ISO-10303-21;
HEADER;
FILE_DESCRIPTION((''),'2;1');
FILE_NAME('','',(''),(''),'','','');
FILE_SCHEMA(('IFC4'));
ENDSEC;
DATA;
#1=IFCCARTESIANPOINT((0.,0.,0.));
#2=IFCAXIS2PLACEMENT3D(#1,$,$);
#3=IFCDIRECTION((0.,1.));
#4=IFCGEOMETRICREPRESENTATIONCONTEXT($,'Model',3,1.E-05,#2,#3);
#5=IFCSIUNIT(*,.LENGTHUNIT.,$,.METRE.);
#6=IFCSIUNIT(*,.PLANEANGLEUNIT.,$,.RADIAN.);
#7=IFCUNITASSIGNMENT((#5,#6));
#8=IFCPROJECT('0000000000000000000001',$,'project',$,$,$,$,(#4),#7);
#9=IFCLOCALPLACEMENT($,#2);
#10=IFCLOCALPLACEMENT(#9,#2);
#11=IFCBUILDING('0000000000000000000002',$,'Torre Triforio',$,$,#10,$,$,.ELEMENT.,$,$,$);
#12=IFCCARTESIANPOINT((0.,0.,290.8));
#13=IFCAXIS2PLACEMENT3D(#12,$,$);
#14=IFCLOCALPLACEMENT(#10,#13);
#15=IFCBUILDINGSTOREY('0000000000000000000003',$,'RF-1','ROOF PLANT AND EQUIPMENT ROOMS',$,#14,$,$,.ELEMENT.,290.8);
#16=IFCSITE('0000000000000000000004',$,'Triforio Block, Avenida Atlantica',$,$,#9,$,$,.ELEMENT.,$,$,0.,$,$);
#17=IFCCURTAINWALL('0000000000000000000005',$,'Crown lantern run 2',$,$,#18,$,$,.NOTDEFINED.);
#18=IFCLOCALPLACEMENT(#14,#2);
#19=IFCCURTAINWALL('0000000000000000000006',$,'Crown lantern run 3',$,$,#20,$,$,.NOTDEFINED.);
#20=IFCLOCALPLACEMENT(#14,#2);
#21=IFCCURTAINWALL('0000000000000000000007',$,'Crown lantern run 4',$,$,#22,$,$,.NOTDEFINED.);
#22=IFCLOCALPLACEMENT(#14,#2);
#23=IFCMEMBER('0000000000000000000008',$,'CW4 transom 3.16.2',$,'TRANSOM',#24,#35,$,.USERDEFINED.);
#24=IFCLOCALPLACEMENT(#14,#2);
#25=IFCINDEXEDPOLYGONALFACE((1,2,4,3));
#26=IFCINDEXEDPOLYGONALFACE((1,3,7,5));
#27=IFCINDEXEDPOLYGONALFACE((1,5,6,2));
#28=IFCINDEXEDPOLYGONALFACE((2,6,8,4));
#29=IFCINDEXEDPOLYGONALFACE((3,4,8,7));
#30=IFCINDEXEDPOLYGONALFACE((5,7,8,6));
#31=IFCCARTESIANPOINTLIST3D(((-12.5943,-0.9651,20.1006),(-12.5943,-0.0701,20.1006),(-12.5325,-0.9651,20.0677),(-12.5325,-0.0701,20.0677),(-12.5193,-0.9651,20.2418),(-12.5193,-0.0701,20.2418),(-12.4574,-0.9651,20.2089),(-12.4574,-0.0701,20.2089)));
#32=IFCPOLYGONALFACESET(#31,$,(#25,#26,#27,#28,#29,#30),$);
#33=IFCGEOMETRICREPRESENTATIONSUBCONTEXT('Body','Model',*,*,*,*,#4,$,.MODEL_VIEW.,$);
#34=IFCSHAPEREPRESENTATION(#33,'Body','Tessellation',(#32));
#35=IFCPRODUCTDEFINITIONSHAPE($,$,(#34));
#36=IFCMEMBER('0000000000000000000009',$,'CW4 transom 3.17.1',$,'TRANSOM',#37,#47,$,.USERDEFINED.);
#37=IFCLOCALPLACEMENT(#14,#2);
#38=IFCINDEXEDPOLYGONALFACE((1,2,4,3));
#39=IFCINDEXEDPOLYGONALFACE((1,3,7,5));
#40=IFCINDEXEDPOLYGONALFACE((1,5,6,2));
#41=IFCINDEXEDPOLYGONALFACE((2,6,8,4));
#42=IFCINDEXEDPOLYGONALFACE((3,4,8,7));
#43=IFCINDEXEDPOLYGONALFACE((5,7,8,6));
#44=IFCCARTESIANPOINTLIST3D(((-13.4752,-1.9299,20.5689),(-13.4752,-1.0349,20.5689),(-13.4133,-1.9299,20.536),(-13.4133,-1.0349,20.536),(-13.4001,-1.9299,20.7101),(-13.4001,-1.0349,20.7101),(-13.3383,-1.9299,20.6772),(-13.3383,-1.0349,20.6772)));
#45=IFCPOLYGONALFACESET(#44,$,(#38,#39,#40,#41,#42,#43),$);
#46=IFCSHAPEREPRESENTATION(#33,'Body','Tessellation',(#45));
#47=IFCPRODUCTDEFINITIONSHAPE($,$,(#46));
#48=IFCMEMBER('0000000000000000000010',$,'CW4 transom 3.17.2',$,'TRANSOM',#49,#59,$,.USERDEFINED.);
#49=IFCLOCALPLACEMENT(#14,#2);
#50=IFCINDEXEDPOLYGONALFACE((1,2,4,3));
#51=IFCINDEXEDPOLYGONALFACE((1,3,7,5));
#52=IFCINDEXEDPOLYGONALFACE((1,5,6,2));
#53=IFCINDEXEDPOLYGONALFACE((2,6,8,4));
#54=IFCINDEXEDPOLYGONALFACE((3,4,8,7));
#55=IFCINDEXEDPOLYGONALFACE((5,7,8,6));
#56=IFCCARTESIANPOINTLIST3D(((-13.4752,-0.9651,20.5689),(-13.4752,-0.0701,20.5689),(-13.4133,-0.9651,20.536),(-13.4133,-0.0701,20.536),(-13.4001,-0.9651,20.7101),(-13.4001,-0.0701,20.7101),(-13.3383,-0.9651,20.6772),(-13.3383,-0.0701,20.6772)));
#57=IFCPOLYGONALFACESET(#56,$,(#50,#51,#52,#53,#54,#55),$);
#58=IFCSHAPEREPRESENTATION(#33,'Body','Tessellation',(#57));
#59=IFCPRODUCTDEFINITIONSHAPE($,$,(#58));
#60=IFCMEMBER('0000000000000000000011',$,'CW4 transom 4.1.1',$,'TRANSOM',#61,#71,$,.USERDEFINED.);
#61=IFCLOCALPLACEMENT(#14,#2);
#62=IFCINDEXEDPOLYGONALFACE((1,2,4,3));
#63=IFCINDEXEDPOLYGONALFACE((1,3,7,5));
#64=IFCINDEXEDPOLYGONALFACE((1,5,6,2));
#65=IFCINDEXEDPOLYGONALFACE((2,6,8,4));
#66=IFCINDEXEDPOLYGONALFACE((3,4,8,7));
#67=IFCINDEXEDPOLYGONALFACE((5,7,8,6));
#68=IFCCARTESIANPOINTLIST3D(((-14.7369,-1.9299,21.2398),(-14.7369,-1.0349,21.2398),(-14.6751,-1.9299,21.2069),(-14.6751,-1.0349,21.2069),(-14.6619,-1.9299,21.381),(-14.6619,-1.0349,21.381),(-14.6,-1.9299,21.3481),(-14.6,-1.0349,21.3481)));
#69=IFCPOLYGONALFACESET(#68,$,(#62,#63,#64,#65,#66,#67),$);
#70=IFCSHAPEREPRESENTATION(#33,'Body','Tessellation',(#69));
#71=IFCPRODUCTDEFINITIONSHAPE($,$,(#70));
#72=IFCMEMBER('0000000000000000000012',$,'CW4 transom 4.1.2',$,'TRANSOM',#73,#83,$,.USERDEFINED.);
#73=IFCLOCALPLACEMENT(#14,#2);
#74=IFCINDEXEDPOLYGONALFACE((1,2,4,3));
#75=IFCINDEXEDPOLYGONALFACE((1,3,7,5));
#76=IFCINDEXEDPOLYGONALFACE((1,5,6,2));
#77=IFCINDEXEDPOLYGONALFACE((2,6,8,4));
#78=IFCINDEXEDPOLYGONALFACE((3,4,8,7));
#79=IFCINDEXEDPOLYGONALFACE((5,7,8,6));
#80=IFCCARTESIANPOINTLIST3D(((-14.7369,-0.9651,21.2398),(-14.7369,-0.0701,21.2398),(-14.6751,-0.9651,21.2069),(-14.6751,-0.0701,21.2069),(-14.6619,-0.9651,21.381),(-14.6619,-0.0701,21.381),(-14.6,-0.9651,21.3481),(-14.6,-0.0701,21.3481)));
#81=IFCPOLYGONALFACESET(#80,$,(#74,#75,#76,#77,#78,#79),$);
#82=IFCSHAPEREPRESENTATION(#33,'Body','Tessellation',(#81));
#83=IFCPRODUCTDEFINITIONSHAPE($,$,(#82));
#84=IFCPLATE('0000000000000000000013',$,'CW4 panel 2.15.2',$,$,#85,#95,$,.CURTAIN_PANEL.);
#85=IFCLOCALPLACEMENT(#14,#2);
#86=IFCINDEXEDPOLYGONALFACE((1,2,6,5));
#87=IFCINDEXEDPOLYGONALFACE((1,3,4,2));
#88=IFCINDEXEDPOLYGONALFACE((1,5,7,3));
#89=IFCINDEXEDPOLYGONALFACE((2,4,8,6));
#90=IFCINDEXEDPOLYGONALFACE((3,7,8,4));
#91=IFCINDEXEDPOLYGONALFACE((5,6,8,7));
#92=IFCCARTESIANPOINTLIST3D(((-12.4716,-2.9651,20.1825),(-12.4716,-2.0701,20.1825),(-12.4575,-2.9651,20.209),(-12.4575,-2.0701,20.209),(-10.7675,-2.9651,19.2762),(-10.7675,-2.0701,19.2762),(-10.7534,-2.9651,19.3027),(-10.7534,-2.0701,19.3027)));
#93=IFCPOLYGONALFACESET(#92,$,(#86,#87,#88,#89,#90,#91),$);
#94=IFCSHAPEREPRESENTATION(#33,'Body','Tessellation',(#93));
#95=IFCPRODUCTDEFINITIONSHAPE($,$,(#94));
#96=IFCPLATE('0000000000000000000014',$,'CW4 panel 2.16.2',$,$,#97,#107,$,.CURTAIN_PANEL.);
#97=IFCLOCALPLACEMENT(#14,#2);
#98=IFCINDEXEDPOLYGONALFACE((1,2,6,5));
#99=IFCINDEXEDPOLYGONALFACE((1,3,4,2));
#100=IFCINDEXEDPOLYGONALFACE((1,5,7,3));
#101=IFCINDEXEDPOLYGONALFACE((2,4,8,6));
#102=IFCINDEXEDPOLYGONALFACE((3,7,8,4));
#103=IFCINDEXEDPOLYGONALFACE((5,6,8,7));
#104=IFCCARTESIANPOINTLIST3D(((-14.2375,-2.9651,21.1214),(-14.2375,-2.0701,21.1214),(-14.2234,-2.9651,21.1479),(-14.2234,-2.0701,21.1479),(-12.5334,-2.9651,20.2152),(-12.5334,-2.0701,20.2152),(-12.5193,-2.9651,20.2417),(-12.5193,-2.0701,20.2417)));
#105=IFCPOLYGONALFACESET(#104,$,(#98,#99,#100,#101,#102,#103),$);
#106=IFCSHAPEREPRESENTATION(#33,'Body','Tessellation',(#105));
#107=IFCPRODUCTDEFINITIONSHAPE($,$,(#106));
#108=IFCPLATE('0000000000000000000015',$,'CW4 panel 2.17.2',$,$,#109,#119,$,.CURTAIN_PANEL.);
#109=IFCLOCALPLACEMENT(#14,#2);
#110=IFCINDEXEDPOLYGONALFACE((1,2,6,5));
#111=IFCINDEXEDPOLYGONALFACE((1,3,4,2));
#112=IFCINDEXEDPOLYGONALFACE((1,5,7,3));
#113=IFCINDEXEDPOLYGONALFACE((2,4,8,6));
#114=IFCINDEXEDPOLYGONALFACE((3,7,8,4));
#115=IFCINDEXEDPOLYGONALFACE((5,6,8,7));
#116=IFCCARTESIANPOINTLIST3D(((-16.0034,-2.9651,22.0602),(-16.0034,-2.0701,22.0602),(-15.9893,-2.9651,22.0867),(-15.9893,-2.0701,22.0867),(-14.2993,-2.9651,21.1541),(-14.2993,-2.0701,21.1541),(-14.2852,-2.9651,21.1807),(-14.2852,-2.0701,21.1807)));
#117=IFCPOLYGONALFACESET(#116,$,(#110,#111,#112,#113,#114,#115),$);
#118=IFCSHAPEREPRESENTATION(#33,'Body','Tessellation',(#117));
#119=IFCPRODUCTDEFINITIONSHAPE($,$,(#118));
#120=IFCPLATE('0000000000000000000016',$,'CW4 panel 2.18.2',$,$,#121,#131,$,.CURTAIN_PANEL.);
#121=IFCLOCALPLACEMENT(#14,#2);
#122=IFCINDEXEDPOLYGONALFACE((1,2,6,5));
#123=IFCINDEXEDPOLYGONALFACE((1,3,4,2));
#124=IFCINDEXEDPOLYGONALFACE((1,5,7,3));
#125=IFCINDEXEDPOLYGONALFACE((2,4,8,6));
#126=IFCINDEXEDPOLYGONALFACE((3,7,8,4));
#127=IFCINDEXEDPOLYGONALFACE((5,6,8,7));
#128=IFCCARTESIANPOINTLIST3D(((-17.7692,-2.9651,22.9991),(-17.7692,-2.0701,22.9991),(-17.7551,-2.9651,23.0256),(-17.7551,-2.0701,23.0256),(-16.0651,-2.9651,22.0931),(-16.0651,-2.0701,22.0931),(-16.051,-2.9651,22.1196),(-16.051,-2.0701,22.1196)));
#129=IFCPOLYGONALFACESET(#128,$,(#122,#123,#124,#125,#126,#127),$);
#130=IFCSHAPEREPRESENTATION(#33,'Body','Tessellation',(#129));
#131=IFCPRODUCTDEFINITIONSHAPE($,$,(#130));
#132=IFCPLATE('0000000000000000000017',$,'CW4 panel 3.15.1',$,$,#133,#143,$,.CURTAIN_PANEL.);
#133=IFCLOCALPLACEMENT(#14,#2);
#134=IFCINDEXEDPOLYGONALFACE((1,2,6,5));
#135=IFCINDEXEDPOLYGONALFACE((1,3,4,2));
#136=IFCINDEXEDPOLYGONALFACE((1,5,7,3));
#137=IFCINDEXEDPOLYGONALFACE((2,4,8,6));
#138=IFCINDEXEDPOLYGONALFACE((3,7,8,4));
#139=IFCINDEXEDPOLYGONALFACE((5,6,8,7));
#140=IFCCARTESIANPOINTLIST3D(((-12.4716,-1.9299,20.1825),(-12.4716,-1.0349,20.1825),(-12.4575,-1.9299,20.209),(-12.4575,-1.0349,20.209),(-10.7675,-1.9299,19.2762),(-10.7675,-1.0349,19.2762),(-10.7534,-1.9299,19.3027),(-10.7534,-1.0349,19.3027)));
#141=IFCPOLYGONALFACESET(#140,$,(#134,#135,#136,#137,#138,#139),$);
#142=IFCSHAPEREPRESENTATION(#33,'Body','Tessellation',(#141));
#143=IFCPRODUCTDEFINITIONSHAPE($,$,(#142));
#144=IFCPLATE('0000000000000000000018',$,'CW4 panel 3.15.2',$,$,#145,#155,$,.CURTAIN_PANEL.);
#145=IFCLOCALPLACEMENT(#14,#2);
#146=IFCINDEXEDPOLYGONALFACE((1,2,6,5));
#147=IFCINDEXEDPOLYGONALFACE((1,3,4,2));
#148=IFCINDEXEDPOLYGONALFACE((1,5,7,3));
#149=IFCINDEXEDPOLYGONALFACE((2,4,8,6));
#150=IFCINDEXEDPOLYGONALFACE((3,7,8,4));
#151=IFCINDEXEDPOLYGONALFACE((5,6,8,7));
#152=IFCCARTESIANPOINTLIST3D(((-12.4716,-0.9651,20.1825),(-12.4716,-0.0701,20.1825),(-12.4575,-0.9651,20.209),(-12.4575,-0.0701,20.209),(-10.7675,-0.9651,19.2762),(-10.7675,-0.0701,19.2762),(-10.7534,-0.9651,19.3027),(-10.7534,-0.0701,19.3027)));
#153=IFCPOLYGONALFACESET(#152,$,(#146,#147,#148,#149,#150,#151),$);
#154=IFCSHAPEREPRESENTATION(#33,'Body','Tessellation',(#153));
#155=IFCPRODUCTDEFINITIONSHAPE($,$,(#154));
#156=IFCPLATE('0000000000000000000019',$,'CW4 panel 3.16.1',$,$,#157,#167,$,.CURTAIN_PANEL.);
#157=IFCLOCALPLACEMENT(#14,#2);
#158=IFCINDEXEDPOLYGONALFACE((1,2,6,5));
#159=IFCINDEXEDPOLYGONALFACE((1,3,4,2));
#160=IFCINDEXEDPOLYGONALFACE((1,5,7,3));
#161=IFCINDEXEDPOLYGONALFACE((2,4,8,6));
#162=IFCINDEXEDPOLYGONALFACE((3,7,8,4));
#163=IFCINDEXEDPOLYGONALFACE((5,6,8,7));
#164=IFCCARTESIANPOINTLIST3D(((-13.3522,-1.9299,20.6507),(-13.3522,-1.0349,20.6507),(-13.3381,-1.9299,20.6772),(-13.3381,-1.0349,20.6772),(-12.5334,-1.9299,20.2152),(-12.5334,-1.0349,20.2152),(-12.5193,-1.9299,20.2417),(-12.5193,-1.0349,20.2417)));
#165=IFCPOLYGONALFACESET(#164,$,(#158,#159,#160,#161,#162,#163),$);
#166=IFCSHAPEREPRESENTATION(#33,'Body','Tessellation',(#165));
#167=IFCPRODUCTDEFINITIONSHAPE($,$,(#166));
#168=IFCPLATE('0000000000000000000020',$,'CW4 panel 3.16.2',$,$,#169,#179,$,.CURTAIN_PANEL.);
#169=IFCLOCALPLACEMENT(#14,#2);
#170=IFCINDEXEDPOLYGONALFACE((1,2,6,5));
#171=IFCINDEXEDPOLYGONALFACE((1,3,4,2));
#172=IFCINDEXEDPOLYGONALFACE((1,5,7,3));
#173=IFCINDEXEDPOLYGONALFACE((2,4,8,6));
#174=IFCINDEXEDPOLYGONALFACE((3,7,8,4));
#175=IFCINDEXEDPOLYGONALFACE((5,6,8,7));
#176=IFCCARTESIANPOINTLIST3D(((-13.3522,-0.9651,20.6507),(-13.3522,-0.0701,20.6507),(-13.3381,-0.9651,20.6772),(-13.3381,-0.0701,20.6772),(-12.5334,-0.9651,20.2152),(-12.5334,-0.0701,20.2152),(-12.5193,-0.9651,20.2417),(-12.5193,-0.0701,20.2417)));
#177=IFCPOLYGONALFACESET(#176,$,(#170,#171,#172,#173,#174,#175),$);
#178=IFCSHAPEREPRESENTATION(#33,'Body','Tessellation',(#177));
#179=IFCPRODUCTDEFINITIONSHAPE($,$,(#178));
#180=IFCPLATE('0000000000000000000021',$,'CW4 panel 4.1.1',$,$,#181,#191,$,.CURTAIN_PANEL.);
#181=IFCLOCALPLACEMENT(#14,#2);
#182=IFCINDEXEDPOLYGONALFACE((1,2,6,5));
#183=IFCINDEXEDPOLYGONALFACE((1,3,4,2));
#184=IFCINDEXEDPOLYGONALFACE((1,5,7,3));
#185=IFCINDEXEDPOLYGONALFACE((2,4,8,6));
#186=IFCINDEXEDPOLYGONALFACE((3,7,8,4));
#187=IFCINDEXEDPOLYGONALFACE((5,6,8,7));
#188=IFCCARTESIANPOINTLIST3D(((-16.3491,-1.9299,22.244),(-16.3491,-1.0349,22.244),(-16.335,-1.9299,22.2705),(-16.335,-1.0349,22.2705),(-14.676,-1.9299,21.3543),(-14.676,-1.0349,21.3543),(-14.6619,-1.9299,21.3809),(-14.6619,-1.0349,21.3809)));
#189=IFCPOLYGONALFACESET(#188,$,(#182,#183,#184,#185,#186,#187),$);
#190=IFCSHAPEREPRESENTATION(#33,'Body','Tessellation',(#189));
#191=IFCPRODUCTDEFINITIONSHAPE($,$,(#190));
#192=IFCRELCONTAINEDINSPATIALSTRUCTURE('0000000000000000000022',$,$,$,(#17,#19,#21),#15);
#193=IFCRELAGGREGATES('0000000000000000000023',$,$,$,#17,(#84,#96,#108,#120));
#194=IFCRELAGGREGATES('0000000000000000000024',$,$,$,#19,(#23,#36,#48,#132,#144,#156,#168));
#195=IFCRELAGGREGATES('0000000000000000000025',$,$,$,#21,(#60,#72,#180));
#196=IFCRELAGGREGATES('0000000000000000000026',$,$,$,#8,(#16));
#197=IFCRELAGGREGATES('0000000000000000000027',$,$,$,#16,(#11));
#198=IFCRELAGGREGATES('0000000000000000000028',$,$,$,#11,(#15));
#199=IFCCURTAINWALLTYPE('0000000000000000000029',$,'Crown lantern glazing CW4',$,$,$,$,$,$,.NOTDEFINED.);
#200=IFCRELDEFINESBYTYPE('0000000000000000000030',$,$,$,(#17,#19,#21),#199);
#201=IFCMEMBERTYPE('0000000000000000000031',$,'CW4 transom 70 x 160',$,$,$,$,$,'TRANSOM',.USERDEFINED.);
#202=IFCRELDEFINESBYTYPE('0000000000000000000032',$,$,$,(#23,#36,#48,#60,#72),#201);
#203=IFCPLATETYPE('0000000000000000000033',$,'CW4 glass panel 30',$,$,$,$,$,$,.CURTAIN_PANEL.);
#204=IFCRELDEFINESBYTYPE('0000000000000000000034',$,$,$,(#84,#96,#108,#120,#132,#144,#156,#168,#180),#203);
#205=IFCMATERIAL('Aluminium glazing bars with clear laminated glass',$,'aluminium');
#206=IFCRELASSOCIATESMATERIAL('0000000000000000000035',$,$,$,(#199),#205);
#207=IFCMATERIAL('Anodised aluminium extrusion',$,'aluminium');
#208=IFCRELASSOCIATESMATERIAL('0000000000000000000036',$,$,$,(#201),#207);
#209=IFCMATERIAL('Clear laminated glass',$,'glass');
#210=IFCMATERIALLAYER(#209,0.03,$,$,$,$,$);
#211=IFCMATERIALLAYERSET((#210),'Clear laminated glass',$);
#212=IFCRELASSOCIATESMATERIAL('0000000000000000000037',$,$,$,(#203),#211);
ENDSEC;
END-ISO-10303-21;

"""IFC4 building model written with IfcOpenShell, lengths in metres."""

from ifc_helpers import new_model, si_unit, direction, frame, origin, origin_2d, place, context, subcontext, project, spatial, polyline, rectangle, outline, extrude, material, layer, layer_set, material_profile, profile_set, type_object, element, aggregate, save


model = new_model("IFC4")

# Units and contexts
model_context = context("Model", 3, precision=1e-05, world=origin(), true_north=direction((0.0, 1.0)))
body_context = subcontext(model_context, "Body", "Model", "MODEL_VIEW")
ifc_project = project(units=[si_unit("LENGTHUNIT", "METRE"), si_unit("PLANEANGLEUNIT", "RADIAN")], contexts=[model_context])

# Site, building, storey
site_placement = place(None, origin())
site = spatial("IfcSite", under=ifc_project, at=site_placement, Name="Triforio Block, Avenida Atlantica", CompositionType="ELEMENT", RefElevation=0.0)
building_placement = place(site_placement, origin())
building = spatial("IfcBuilding", under=site, at=building_placement, Name="Torre Triforio", CompositionType="ELEMENT")
storey_placement = place(building_placement, frame((0.0, 0.0, 290.8)))
storey = spatial("IfcBuildingStorey", under=building, at=storey_placement, Name="RF-1", Description="ROOF PLANT AND EQUIPMENT ROOMS", CompositionType="ELEMENT", Elevation=290.8)

# Curtain wall
ifc_material_1 = material(Name="Aluminium glazing bars with clear laminated glass", Category="aluminium")
curtain_wall_type = type_object("IfcCurtainWallType", Name="Crown lantern glazing CW4", PredefinedType="NOTDEFINED", material=ifc_material_1)
curtain_wall_1_placement = place(storey_placement, origin())
curtain_wall_1 = element("IfcCurtainWall", 1, at=curtain_wall_1_placement, inside=storey, type_object=curtain_wall_type, Name="Crown lantern run 2", PredefinedType="NOTDEFINED")
ifc_material_2 = material(Name="Anodised aluminium extrusion", Category="aluminium")

# Curtain walls
curtain_wall_2_placement = place(storey_placement, origin())
curtain_wall_2 = element("IfcCurtainWall", 2, at=curtain_wall_2_placement, inside=storey, type_object=curtain_wall_type, Name="Crown lantern run 3", PredefinedType="NOTDEFINED")
curtain_wall_3_placement = place(storey_placement, origin())
curtain_wall_3 = element("IfcCurtainWall", 3, at=curtain_wall_3_placement, inside=storey, type_object=curtain_wall_type, Name="Crown lantern run 4", PredefinedType="NOTDEFINED")

# Members
ifc_material_profile_1 = material_profile(ifc_material_2, rectangle(XDim=0.0701, YDim=0.1599, at=origin_2d()), Name="CW4 TRANSOM 70x160")
ifc_profile_set_1 = profile_set([ifc_material_profile_1], Name="Anodised aluminium extrusion")
member_type_1 = type_object("IfcMemberType", Name="CW4 transom 70 x 160", ElementType="TRANSOM", PredefinedType="USERDEFINED", material=ifc_profile_set_1)
member_1_placement = place(storey_placement, frame((-12.5259, -0.9651, 20.1548), z_axis=(0.0, 1.0, 0.0), x_axis=(-0.882948, 0.0, 0.469472)))
member_1 = element("IfcMember", 4, at=member_1_placement, type_object=member_type_1, Name="CW4 transom 3.16.2", ObjectType="TRANSOM", PredefinedType="USERDEFINED", context=body_context, shape_type="SweptSolid", body=[
    extrude(rectangle(XDim=0.0701, YDim=0.1599, at=origin_2d()), origin(), (0.0, 0.0, 1.0), 0.895),
])
member_2_placement = place(storey_placement, frame((-13.4067, -1.9299, 20.623), z_axis=(0.0, 1.0, 0.0), x_axis=(-0.882948, 0.0, 0.469472)))
member_2 = element("IfcMember", 5, at=member_2_placement, type_object=member_type_1, Name="CW4 transom 3.17.1", ObjectType="TRANSOM", PredefinedType="USERDEFINED", context=body_context, shape_type="SweptSolid", body=[
    extrude(rectangle(XDim=0.0701, YDim=0.1599, at=origin_2d()), origin(), (0.0, 0.0, 1.0), 0.895),
])
member_3_placement = place(storey_placement, frame((-13.4067, -0.9651, 20.623), z_axis=(0.0, 1.0, 0.0), x_axis=(-0.882948, 0.0, 0.469472)))
member_3 = element("IfcMember", 6, at=member_3_placement, type_object=member_type_1, Name="CW4 transom 3.17.2", ObjectType="TRANSOM", PredefinedType="USERDEFINED", context=body_context, shape_type="SweptSolid", body=[
    extrude(rectangle(XDim=0.0701, YDim=0.1599, at=origin_2d()), origin(), (0.0, 0.0, 1.0), 0.895),
])
member_4_placement = place(storey_placement, frame((-14.6685, -1.9299, 21.2939), z_axis=(0.0, 1.0, 0.0), x_axis=(-0.882948, 0.0, 0.469472)))
member_4 = element("IfcMember", 7, at=member_4_placement, type_object=member_type_1, Name="CW4 transom 4.1.1", ObjectType="TRANSOM", PredefinedType="USERDEFINED", context=body_context, shape_type="SweptSolid", body=[
    extrude(rectangle(XDim=0.0701, YDim=0.1599, at=origin_2d()), origin(), (0.0, 0.0, 1.0), 0.895),
])
member_5_placement = place(storey_placement, frame((-14.6685, -0.9651, 21.2939), z_axis=(0.0, 1.0, 0.0), x_axis=(-0.882948, 0.0, 0.469472)))
member_5 = element("IfcMember", 8, at=member_5_placement, type_object=member_type_1, Name="CW4 transom 4.1.2", ObjectType="TRANSOM", PredefinedType="USERDEFINED", context=body_context, shape_type="SweptSolid", body=[
    extrude(rectangle(XDim=0.0701, YDim=0.1599, at=origin_2d()), origin(), (0.0, 0.0, 1.0), 0.895),
])

# Plates
ifc_material_3 = material(Name="Clear laminated glass", Category="glass")
ifc_layer = layer(ifc_material_3, 0.03)
ifc_layer_set = layer_set([ifc_layer], Name="Clear laminated glass")
plate_type = type_object("IfcPlateType", Name="CW4 glass panel 30", PredefinedType="CURTAIN_PANEL", material=ifc_layer_set)
plate_1_placement = place(storey_placement, frame((-10.7534, -2.9651, 19.3027), z_axis=(0.469537, 0.0, 0.882913), x_axis=(0.0, 1.0, 0.0)))
plate_1 = element("IfcPlate", 9, at=plate_1_placement, type_object=plate_type, Name="CW4 panel 2.15.2", PredefinedType="CURTAIN_PANEL", context=body_context, shape_type="SweptSolid", body=[
    extrude(outline(polyline([(0.0, 0.0), (0.895, 0.0), (0.895, 1.9301), (0.0, 1.9301), (0.0, 0.0)])), origin(), (0.0, 0.0, -1.0), 0.03),
])
plate_2_placement = place(storey_placement, frame((-12.5193, -2.9651, 20.2417), z_axis=(0.469537, 0.0, 0.882913), x_axis=(0.0, 1.0, 0.0)))
plate_2 = element("IfcPlate", 10, at=plate_2_placement, type_object=plate_type, Name="CW4 panel 2.16.2", PredefinedType="CURTAIN_PANEL", context=body_context, shape_type="SweptSolid", body=[
    extrude(outline(polyline([(0.0, 0.0), (0.895, 0.0), (0.895, 1.9301), (0.0, 1.9301), (0.0, 0.0)])), origin(), (0.0, 0.0, -1.0), 0.03),
])
plate_3_placement = place(storey_placement, frame((-14.2852, -2.9651, 21.1807), z_axis=(0.469439, 0.0, 0.882965), x_axis=(0.0, 1.0, 0.0)))
plate_3 = element("IfcPlate", 11, at=plate_3_placement, type_object=plate_type, Name="CW4 panel 2.17.2", PredefinedType="CURTAIN_PANEL", context=body_context, shape_type="SweptSolid", body=[
    extrude(outline(polyline([(0.0, 0.0), (0.895, 0.0), (0.895, 1.93), (0.0, 1.93), (0.0, 0.0)])), origin(), (0.0, 0.0, -1.0), 0.03),
])
plate_4_placement = place(storey_placement, frame((-16.051, -2.9651, 22.1196), z_axis=(0.469439, 0.0, 0.882965), x_axis=(0.0, 1.0, 0.0)))
plate_4 = element("IfcPlate", 12, at=plate_4_placement, type_object=plate_type, Name="CW4 panel 2.18.2", PredefinedType="CURTAIN_PANEL", context=body_context, shape_type="SweptSolid", body=[
    extrude(outline(polyline([(0.0, 0.0), (0.895, 0.0), (0.895, 1.93), (0.0, 1.93), (0.0, 0.0)])), origin(), (0.0, 0.0, -1.0), 0.03),
])
aggregate(curtain_wall_1, [plate_1, plate_2, plate_3, plate_4])
plate_5_placement = place(storey_placement, frame((-10.7534, -1.9299, 19.3027), z_axis=(0.469537, 0.0, 0.882913), x_axis=(0.0, 1.0, 0.0)))
plate_5 = element("IfcPlate", 13, at=plate_5_placement, type_object=plate_type, Name="CW4 panel 3.15.1", PredefinedType="CURTAIN_PANEL", context=body_context, shape_type="SweptSolid", body=[
    extrude(outline(polyline([(0.0, 0.0), (0.895, 0.0), (0.895, 1.9301), (0.0, 1.9301), (0.0, 0.0)])), origin(), (0.0, 0.0, -1.0), 0.03),
])
plate_6_placement = place(storey_placement, frame((-10.7534, -0.9651, 19.3027), z_axis=(0.469537, 0.0, 0.882913), x_axis=(0.0, 1.0, 0.0)))
plate_6 = element("IfcPlate", 14, at=plate_6_placement, type_object=plate_type, Name="CW4 panel 3.15.2", PredefinedType="CURTAIN_PANEL", context=body_context, shape_type="SweptSolid", body=[
    extrude(outline(polyline([(0.0, 0.0), (0.895, 0.0), (0.895, 1.9301), (0.0, 1.9301), (0.0, 0.0)])), origin(), (0.0, 0.0, -1.0), 0.03),
])
plate_7_placement = place(storey_placement, frame((-12.5193, -1.9299, 20.2417), z_axis=(0.469604, 0.0, 0.882877), x_axis=(0.0, 1.0, 0.0)))
plate_7 = element("IfcPlate", 15, at=plate_7_placement, type_object=plate_type, Name="CW4 panel 3.16.1", PredefinedType="CURTAIN_PANEL", context=body_context, shape_type="SweptSolid", body=[
    extrude(outline(polyline([(0.0, 0.0), (0.895, 0.0), (0.895, 0.9275), (0.0, 0.9275), (0.0, 0.0)])), origin(), (0.0, 0.0, -1.0), 0.03),
])
plate_8_placement = place(storey_placement, frame((-12.5193, -0.9651, 20.2417), z_axis=(0.469604, 0.0, 0.882877), x_axis=(0.0, 1.0, 0.0)))
plate_8 = element("IfcPlate", 16, at=plate_8_placement, type_object=plate_type, Name="CW4 panel 3.16.2", PredefinedType="CURTAIN_PANEL", context=body_context, shape_type="SweptSolid", body=[
    extrude(outline(polyline([(0.0, 0.0), (0.895, 0.0), (0.895, 0.9275), (0.0, 0.9275), (0.0, 0.0)])), origin(), (0.0, 0.0, -1.0), 0.03),
])
aggregate(curtain_wall_2, [member_1, member_2, member_3, plate_5, plate_6, plate_7, plate_8])
plate_9_placement = place(storey_placement, frame((-14.6619, -1.9299, 21.3809), z_axis=(0.469491, 0.0, 0.882937), x_axis=(0.0, 1.0, 0.0)))
plate_9 = element("IfcPlate", 17, at=plate_9_placement, type_object=plate_type, Name="CW4 panel 4.1.1", PredefinedType="CURTAIN_PANEL", context=body_context, shape_type="SweptSolid", body=[
    extrude(outline(polyline([(0.0, 0.0), (0.895, 0.0), (0.895, 1.8949), (0.0, 1.8949), (0.0, 0.0)])), origin(), (0.0, 0.0, -1.0), 0.03),
])
aggregate(curtain_wall_3, [member_4, member_5, plate_9])

save(model, "model.ifc")
